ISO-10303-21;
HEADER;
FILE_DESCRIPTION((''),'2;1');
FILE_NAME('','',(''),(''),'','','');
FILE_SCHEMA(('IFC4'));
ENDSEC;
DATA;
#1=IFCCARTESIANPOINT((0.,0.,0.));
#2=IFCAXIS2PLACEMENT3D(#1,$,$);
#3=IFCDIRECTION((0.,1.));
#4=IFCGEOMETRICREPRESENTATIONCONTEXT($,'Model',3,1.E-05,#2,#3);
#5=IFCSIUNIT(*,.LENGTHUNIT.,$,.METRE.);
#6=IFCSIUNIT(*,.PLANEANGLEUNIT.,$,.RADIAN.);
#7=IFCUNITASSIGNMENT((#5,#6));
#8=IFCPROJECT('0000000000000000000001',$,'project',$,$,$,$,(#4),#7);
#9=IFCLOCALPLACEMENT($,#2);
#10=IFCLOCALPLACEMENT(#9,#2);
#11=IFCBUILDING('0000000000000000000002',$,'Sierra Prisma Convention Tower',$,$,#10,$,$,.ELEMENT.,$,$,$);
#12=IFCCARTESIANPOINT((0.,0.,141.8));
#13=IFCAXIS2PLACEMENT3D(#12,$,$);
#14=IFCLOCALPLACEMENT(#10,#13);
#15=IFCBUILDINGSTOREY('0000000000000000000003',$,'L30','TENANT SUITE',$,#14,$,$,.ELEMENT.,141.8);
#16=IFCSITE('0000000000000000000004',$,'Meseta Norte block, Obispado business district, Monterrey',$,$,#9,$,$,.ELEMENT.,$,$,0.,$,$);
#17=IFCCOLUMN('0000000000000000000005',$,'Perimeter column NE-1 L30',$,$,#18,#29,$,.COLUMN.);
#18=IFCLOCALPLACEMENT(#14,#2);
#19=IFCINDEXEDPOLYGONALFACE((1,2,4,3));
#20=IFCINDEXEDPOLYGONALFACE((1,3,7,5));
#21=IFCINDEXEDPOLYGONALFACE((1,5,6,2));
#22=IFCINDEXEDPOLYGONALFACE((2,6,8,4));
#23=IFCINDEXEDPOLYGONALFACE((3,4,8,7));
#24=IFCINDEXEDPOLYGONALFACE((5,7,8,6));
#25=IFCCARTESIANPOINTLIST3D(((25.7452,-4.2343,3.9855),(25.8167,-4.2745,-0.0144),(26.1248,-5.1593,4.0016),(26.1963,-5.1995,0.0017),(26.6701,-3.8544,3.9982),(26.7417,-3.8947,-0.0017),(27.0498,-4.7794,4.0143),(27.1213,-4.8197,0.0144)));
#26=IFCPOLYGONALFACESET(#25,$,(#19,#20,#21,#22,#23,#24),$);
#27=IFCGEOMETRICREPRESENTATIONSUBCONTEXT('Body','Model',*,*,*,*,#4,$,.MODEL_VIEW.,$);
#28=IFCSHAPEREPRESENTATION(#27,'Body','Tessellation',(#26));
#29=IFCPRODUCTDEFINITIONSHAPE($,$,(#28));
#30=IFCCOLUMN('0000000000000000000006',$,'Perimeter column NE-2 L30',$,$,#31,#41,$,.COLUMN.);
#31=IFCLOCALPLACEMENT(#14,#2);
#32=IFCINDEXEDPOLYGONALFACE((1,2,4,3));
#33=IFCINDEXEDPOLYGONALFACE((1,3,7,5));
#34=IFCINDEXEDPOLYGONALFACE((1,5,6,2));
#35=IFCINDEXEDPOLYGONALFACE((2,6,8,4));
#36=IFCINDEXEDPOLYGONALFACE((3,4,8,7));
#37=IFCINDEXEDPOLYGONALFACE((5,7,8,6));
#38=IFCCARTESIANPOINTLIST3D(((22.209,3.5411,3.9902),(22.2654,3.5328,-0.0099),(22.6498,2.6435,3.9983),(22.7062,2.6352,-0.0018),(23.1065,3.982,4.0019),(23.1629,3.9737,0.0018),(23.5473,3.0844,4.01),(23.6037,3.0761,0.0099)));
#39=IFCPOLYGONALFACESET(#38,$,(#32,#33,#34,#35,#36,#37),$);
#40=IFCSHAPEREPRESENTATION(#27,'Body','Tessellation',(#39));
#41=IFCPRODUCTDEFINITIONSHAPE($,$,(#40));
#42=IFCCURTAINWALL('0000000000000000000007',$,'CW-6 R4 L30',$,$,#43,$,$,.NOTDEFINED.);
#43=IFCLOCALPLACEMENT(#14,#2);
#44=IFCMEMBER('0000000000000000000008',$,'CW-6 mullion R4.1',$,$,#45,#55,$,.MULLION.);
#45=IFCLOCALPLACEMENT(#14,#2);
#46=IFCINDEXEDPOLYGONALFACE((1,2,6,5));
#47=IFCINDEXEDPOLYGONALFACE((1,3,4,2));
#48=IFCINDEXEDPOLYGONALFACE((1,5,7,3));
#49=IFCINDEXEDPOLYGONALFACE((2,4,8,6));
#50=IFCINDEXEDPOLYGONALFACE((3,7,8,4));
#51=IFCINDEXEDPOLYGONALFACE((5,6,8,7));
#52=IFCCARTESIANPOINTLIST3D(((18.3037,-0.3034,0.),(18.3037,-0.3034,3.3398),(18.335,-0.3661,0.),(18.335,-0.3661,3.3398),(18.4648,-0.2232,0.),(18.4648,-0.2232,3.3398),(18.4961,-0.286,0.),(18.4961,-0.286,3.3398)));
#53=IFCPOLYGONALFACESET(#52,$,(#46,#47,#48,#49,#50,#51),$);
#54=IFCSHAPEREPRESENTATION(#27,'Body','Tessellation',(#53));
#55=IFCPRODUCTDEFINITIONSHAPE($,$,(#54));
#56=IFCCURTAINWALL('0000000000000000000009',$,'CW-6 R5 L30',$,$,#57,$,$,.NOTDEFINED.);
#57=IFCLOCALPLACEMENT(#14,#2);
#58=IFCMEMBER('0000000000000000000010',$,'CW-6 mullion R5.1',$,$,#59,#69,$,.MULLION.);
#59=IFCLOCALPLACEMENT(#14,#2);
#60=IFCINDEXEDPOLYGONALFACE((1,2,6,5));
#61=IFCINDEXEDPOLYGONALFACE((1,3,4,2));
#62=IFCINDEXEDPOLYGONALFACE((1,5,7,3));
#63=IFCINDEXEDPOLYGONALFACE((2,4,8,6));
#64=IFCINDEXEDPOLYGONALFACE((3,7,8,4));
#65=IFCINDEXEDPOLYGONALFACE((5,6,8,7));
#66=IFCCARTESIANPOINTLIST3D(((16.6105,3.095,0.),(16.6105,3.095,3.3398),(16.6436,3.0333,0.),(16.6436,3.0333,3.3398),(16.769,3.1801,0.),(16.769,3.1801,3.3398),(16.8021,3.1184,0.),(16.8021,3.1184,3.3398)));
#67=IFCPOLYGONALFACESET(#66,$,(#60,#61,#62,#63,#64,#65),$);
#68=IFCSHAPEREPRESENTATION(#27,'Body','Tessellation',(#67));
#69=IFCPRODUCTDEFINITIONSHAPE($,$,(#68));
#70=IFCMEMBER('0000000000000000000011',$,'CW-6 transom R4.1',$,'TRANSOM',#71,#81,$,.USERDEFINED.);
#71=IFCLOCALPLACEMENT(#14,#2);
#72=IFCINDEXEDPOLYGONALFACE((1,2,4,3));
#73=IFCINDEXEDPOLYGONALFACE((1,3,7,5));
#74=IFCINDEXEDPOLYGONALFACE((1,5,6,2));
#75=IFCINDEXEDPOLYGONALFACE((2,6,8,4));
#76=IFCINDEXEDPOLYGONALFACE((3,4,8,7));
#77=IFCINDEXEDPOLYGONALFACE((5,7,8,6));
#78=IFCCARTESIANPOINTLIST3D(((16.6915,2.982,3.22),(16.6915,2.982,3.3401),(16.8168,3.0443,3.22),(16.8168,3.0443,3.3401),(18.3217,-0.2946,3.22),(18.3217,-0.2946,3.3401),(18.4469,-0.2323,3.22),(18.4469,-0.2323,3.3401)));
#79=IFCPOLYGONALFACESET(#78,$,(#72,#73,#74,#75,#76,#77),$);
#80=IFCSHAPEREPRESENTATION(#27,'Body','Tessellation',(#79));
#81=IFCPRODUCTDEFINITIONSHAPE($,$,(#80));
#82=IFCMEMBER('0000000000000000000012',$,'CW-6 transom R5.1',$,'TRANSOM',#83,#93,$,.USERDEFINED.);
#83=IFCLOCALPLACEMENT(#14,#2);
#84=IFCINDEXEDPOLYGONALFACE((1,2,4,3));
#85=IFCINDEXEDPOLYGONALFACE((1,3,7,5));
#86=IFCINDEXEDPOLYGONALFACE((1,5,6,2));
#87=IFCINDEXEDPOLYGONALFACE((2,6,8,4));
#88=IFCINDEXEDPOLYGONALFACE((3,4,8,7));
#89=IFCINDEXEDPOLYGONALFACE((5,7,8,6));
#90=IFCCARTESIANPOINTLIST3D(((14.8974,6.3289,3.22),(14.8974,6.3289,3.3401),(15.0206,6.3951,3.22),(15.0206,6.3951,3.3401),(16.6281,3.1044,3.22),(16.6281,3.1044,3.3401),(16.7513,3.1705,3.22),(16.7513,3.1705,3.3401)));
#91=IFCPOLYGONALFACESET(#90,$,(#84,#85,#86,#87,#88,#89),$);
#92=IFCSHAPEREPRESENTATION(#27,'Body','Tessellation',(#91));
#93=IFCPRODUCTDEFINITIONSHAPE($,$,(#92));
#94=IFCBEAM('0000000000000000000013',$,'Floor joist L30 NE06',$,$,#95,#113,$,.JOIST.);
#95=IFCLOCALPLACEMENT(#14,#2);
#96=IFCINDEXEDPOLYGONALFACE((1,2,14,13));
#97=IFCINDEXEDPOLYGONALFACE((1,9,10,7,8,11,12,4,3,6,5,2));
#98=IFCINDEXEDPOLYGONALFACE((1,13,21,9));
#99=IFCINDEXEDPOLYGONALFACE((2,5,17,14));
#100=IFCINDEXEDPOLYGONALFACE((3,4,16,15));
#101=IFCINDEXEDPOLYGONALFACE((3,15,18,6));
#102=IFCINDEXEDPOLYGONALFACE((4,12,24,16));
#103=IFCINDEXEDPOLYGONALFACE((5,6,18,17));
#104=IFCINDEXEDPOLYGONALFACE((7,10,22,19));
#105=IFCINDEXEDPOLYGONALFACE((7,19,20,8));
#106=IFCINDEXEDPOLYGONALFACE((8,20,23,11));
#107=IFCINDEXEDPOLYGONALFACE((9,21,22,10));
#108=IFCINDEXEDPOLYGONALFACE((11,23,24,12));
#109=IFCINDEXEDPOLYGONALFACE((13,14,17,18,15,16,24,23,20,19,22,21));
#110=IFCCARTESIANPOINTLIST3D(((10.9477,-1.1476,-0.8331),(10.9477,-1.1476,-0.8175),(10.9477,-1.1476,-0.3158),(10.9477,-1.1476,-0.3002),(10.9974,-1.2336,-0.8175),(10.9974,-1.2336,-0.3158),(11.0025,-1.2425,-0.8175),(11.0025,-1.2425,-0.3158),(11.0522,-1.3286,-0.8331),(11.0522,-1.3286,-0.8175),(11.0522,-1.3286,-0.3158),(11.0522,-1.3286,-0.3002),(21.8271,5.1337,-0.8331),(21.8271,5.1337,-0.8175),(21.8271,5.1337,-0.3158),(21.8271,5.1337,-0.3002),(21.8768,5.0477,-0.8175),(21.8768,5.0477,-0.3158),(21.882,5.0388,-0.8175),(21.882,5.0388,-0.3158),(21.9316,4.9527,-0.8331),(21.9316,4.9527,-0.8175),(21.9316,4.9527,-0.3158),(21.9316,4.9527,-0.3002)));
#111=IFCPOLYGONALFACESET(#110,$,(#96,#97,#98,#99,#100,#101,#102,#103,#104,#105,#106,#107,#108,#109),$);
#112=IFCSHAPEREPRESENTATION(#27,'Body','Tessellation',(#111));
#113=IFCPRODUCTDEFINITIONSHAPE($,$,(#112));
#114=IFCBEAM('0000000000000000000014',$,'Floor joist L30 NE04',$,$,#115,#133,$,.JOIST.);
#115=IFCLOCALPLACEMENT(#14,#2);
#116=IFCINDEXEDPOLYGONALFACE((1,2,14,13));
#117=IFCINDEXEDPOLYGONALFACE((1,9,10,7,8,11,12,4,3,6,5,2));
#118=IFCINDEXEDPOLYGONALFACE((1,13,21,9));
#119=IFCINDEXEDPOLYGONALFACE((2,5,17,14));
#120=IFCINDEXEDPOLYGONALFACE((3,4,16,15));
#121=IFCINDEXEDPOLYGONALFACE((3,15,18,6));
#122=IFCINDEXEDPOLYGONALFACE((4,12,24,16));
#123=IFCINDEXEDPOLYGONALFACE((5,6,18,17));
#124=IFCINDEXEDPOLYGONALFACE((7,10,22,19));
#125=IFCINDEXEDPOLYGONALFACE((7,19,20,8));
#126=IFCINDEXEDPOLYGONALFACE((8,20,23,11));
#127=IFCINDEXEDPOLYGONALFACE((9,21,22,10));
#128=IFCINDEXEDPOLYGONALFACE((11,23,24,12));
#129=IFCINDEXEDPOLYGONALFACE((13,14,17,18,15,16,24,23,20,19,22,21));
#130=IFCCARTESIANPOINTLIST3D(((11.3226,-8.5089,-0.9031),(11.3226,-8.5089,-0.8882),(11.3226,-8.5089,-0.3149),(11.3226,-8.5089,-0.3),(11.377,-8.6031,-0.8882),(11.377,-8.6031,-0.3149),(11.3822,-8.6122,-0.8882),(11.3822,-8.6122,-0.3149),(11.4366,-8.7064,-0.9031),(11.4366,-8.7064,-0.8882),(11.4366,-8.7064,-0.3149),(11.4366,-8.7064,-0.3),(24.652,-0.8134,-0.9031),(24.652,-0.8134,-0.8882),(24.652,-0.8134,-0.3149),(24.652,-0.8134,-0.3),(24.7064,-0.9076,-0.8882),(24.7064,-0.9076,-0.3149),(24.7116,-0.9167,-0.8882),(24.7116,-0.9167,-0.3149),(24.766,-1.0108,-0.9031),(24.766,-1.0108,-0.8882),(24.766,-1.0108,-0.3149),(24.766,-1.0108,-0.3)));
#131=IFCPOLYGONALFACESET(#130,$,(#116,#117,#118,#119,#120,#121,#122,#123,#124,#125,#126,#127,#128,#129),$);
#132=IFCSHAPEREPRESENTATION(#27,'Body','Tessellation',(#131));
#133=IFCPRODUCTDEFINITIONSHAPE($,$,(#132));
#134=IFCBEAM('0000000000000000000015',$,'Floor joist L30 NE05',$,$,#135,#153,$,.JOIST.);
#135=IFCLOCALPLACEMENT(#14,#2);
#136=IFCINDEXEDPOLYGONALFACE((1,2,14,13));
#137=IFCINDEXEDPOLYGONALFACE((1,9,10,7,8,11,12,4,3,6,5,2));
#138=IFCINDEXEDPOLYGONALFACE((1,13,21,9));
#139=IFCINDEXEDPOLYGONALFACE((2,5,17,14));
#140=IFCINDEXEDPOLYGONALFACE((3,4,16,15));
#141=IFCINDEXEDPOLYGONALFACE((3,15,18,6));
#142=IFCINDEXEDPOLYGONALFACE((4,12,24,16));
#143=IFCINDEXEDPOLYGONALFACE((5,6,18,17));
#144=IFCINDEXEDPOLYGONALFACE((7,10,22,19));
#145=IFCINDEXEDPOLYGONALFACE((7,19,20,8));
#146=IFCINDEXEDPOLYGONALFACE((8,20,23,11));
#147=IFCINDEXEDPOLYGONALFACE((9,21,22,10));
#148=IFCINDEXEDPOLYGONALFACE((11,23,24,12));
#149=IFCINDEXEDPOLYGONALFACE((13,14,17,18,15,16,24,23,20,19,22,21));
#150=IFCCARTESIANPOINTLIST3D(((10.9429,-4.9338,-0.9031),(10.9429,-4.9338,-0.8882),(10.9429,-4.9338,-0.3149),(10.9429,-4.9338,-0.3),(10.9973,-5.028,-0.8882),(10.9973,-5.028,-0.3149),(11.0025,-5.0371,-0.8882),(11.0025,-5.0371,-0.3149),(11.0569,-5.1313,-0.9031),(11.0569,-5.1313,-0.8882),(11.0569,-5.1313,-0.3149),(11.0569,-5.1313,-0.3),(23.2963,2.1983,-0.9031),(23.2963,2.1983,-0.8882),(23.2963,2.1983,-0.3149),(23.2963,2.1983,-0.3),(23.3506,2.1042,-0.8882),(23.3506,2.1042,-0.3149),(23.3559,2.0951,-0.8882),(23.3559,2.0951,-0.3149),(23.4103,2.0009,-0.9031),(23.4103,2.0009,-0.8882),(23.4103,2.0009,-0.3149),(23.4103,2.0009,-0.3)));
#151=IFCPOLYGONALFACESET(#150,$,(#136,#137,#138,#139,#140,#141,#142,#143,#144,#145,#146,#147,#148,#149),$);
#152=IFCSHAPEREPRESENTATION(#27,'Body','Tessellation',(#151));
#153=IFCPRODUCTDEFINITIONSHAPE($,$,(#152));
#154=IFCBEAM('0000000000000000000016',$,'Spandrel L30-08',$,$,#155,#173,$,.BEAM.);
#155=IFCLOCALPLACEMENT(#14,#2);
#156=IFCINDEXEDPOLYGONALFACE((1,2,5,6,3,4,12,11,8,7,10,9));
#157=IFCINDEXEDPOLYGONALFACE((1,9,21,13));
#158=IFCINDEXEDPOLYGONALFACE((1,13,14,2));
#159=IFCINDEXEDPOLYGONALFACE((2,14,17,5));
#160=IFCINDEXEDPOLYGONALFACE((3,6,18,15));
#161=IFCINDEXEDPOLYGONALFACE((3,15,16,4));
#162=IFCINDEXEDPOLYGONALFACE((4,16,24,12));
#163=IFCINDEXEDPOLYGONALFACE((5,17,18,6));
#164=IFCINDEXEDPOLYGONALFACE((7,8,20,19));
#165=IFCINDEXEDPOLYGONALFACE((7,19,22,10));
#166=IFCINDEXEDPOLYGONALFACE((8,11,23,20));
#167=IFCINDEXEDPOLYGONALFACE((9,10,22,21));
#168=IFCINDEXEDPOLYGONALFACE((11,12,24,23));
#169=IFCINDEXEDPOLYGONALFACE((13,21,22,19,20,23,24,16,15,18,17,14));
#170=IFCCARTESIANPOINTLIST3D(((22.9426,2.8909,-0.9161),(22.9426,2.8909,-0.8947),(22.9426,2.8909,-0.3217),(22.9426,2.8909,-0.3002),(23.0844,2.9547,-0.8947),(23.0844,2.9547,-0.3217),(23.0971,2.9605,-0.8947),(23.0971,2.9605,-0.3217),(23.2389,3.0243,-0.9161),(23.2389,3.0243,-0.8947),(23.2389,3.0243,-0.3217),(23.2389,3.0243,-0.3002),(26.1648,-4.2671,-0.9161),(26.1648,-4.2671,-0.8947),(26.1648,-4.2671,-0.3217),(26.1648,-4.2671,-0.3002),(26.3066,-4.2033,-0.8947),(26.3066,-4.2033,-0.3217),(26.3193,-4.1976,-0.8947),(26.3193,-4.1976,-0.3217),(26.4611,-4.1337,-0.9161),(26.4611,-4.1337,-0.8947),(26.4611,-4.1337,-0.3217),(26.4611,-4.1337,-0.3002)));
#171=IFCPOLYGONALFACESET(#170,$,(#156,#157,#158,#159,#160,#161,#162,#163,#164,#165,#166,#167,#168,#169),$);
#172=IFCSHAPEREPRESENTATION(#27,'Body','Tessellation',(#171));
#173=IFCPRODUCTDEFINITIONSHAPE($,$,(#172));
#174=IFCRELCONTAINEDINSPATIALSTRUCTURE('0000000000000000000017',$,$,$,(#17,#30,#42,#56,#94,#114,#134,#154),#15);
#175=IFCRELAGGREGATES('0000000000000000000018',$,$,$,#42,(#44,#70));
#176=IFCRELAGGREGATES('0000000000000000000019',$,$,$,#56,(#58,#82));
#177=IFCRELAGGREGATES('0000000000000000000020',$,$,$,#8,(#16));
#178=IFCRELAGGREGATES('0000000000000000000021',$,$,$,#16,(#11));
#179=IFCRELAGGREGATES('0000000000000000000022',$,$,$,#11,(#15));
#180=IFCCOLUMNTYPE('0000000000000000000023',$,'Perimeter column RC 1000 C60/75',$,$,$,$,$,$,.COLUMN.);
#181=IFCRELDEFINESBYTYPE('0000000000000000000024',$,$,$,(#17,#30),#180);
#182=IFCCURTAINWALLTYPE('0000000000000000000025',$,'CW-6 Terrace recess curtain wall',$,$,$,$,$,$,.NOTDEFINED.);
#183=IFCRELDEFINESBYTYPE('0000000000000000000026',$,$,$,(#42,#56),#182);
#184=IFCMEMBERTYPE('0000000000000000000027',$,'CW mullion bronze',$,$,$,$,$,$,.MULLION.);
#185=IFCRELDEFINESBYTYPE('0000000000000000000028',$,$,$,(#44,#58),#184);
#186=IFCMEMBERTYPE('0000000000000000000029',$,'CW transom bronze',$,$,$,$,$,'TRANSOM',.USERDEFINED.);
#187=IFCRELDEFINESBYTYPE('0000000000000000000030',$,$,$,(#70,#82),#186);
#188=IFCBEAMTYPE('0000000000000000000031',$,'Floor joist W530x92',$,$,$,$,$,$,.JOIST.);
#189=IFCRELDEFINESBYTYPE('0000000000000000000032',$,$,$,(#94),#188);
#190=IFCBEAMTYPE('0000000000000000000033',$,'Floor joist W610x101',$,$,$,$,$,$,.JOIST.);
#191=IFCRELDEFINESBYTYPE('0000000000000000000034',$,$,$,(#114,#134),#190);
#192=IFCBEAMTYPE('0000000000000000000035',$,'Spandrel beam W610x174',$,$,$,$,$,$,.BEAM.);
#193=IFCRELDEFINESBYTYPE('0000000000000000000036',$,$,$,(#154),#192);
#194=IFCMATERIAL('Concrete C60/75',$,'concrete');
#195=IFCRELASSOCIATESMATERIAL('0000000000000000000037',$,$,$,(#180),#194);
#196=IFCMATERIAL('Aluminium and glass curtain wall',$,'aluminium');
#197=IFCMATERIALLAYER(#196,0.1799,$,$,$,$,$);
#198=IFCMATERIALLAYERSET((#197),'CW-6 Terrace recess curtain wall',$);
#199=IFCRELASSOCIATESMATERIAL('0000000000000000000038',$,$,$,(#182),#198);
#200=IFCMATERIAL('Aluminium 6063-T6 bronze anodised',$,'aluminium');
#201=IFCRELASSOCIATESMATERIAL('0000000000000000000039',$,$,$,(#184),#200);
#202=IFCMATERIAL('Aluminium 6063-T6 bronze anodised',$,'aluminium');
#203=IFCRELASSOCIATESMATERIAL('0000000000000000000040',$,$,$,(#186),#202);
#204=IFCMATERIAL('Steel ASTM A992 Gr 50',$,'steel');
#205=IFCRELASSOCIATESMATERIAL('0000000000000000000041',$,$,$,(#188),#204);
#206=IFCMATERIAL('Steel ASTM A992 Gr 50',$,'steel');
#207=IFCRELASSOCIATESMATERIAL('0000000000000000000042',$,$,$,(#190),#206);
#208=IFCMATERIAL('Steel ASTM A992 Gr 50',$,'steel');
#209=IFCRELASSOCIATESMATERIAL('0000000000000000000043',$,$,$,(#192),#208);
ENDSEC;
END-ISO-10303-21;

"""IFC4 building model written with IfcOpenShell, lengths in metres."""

from ifc_helpers import new_model, si_unit, direction, frame, origin, origin_2d, place, context, subcontext, project, spatial, rectangle, i_section, extrude, material, layer, layer_set, material_profile, profile_set, type_object, element, aggregate, save


model = new_model("IFC4")

# Units and contexts
model_context = context("Model", 3, precision=1e-05, world=origin(), true_north=direction((0.0, 1.0)))
body_context = subcontext(model_context, "Body", "Model", "MODEL_VIEW")
ifc_project = project(units=[si_unit("LENGTHUNIT", "METRE"), si_unit("PLANEANGLEUNIT", "RADIAN")], contexts=[model_context])

# Site, building, storey
site_placement = place(None, origin())
site = spatial("IfcSite", under=ifc_project, at=site_placement, Name="Meseta Norte block, Obispado business district, Monterrey", CompositionType="ELEMENT", RefElevation=0.0)
building_placement = place(site_placement, origin())
building = spatial("IfcBuilding", under=site, at=building_placement, Name="Sierra Prisma Convention Tower", CompositionType="ELEMENT")
storey_placement = place(building_placement, frame((0.0, 0.0, 141.8)))
storey = spatial("IfcBuildingStorey", under=building, at=storey_placement, Name="L30", Description="TENANT SUITE", CompositionType="ELEMENT", Elevation=141.8)

# Columns
ifc_material_1 = material(Name="Concrete C60/75", Category="concrete")
ifc_material_profile_1 = material_profile(ifc_material_1, rectangle(XDim=1.0, YDim=1.0, at=origin_2d()), Name="Perimeter column RC 1000 C60/75")
ifc_profile_set_1 = profile_set([ifc_material_profile_1], Name="Concrete C60/75")
column_type = type_object("IfcColumnType", Name="Perimeter column RC 1000 C60/75", PredefinedType="COLUMN", material=ifc_profile_set_1)
column_1_placement = place(storey_placement, frame((26.469, -4.5471, 0.0), z_axis=(-0.01788, 0.010069, 0.999789), x_axis=(-0.379623, 0.925001, -0.016104)))
element("IfcColumn", 1, at=column_1_placement, inside=storey, type_object=column_type, Name="Perimeter column NE-1 L30", PredefinedType="COLUMN", context=body_context, shape_type="SweptSolid", body=[
    extrude(rectangle(XDim=1.0, YDim=1.0, at=origin_2d()), origin(), (0.0, 0.0, 1.0), 4.0007),
])
column_2_placement = place(storey_placement, frame((22.9346, 3.3044, 0.0), z_axis=(-0.014098, 0.002075, 0.999898), x_axis=(-0.440789, 0.897575, -0.008077)))
element("IfcColumn", 2, at=column_2_placement, inside=storey, type_object=column_type, Name="Perimeter column NE-2 L30", PredefinedType="COLUMN", context=body_context, shape_type="SweptSolid", body=[
    extrude(rectangle(XDim=1.0, YDim=1.0, at=origin_2d()), origin(), (0.0, 0.0, 1.0), 4.0005),
])

# Curtain walls, members
ifc_material_2 = material(Name="Aluminium and glass curtain wall", Category="aluminium")
ifc_layer_1 = layer(ifc_material_2, 0.1799)
ifc_layer_set_1 = layer_set([ifc_layer_1], Name="CW-6 Terrace recess curtain wall")
curtain_wall_type = type_object("IfcCurtainWallType", Name="CW-6 Terrace recess curtain wall", PredefinedType="NOTDEFINED", material=ifc_layer_set_1)
curtain_wall_1_placement = place(storey_placement, origin())
curtain_wall_1 = element("IfcCurtainWall", 3, at=curtain_wall_1_placement, inside=storey, type_object=curtain_wall_type, Name="CW-6 R4 L30", PredefinedType="NOTDEFINED")
ifc_material_3 = material(Name="Aluminium 6063-T6 bronze anodised", Category="aluminium")
ifc_material_profile_2 = material_profile(ifc_material_3, rectangle(XDim=0.1799, YDim=0.0701, at=origin_2d()), Name="ALU MULLION 70x180")
ifc_profile_set_2 = profile_set([ifc_material_profile_2], Name="Aluminium 6063-T6 bronze anodised")
member_type_1 = type_object("IfcMemberType", Name="CW mullion bronze", PredefinedType="MULLION", material=ifc_profile_set_2)
member_1_placement = place(storey_placement, frame((18.3999, -0.2947, 0.0), z_axis=(0.0, 0.0, 1.0), x_axis=(-0.895303, -0.445458, 0.0)))
member_1 = element("IfcMember", 4, at=member_1_placement, type_object=member_type_1, Name="CW-6 mullion R4.1", PredefinedType="MULLION", context=body_context, shape_type="SweptSolid", body=[
    extrude(rectangle(XDim=0.1799, YDim=0.0701, at=origin_2d()), origin(), (0.0, 0.0, 1.0), 3.3398),
])
curtain_wall_2_placement = place(storey_placement, origin())
curtain_wall_2 = element("IfcCurtainWall", 5, at=curtain_wall_2_placement, inside=storey, type_object=curtain_wall_type, Name="CW-6 R5 L30", PredefinedType="NOTDEFINED")
member_2_placement = place(storey_placement, frame((16.7063, 3.1067, 0.0), z_axis=(0.0, 0.0, 1.0), x_axis=(-0.881086, -0.472956, 0.0)))
member_2 = element("IfcMember", 6, at=member_2_placement, type_object=member_type_1, Name="CW-6 mullion R5.1", PredefinedType="MULLION", context=body_context, shape_type="SweptSolid", body=[
    extrude(rectangle(XDim=0.1799, YDim=0.0701, at=origin_2d()), origin(), (0.0, 0.0, 1.0), 3.3398),
])

# Members
ifc_material_4 = material(Name="Aluminium 6063-T6 bronze anodised", Category="aluminium")
ifc_material_profile_3 = material_profile(ifc_material_4, rectangle(XDim=0.1399, YDim=0.1201, at=origin_2d()), Name="ALU TRANSOM 120x140")
ifc_profile_set_3 = profile_set([ifc_material_profile_3], Name="Aluminium 6063-T6 bronze anodised")
member_type_2 = type_object("IfcMemberType", Name="CW transom bronze", ElementType="TRANSOM", PredefinedType="USERDEFINED", material=ifc_profile_set_3)
member_3_placement = place(storey_placement, frame((18.3843, -0.2634, 3.28), z_axis=(-0.445425, 0.895319, 0.0), x_axis=(-0.895319, -0.445425, 0.0)))
member_3 = element("IfcMember", 7, at=member_3_placement, type_object=member_type_2, Name="CW-6 transom R4.1", ObjectType="TRANSOM", PredefinedType="USERDEFINED", context=body_context, shape_type="SweptSolid", body=[
    extrude(rectangle(XDim=0.1399, YDim=0.1201, at=origin_2d()), origin(), (0.0, 0.0, 1.0), 3.6597),
])
member_4_placement = place(storey_placement, frame((16.6897, 3.1375, 3.28), z_axis=(-0.47291, 0.881111, 0.0), x_axis=(-0.881111, -0.47291, 0.0)))
member_4 = element("IfcMember", 8, at=member_4_placement, type_object=member_type_2, Name="CW-6 transom R5.1", ObjectType="TRANSOM", PredefinedType="USERDEFINED", context=body_context, shape_type="SweptSolid", body=[
    extrude(rectangle(XDim=0.1399, YDim=0.1201, at=origin_2d()), origin(), (0.0, 0.0, 1.0), 3.6597),
])

# Beams
ifc_material_5 = material(Name="Steel ASTM A992 Gr 50", Category="steel")
ifc_material_profile_4 = material_profile(ifc_material_5, i_section(OverallWidth=0.209, OverallDepth=0.533, WebThickness=0.0103, FlangeThickness=0.0156, at=origin_2d()), Name="W530x92")
ifc_profile_set_4 = profile_set([ifc_material_profile_4], Name="Steel ASTM A992 Gr 50")
beam_type_1 = type_object("IfcBeamType", Name="Floor joist W530x92", PredefinedType="JOIST", material=ifc_profile_set_4)
beam_1_placement = place(storey_placement, frame((21.8794, 5.0432, -0.5667), z_axis=(-0.866024, -0.500002, 0.0), x_axis=(0.500002, -0.866024, 0.0)))
element("IfcBeam", 9, at=beam_1_placement, inside=storey, type_object=beam_type_1, Name="Floor joist L30 NE06", PredefinedType="JOIST", context=body_context, shape_type="SweptSolid", body=[
    extrude(i_section(OverallWidth=0.209, OverallDepth=0.533, WebThickness=0.0103, FlangeThickness=0.0156, at=origin_2d()), origin(), (0.0, 0.0, 1.0), 12.5625),
])
ifc_material_6 = material(Name="Steel ASTM A992 Gr 50", Category="steel")
ifc_material_profile_5 = material_profile(ifc_material_6, i_section(OverallWidth=0.228, OverallDepth=0.603, WebThickness=0.0105, FlangeThickness=0.0149, at=origin_2d()), Name="W610x101")
ifc_profile_set_5 = profile_set([ifc_material_profile_5], Name="Steel ASTM A992 Gr 50")
beam_type_2 = type_object("IfcBeamType", Name="Floor joist W610x101", PredefinedType="JOIST", material=ifc_profile_set_5)
beam_2_placement = place(storey_placement, frame((24.709, -0.9121, -0.6016), z_axis=(-0.866029, -0.499993, 0.0), x_axis=(0.499993, -0.866029, 0.0)))
element("IfcBeam", 10, at=beam_2_placement, inside=storey, type_object=beam_type_2, Name="Floor joist L30 NE04", PredefinedType="JOIST", context=body_context, shape_type="SweptSolid", body=[
    extrude(i_section(OverallWidth=0.228, OverallDepth=0.603, WebThickness=0.0105, FlangeThickness=0.0149, at=origin_2d()), origin(), (0.0, 0.0, 1.0), 15.3914),
])
beam_3_placement = place(storey_placement, frame((23.3533, 2.0996, -0.6016), z_axis=(-0.866028, -0.499996, 0.0), x_axis=(0.499996, -0.866028, 0.0)))
element("IfcBeam", 11, at=beam_3_placement, inside=storey, type_object=beam_type_2, Name="Floor joist L30 NE05", PredefinedType="JOIST", context=body_context, shape_type="SweptSolid", body=[
    extrude(i_section(OverallWidth=0.228, OverallDepth=0.603, WebThickness=0.0105, FlangeThickness=0.0149, at=origin_2d()), origin(), (0.0, 0.0, 1.0), 14.2644),
])
ifc_material_7 = material(Name="Steel ASTM A992 Gr 50", Category="steel")
ifc_material_profile_6 = material_profile(ifc_material_7, i_section(OverallWidth=0.325, OverallDepth=0.616, WebThickness=0.0139, FlangeThickness=0.0215, at=origin_2d()), Name="W610x174")
ifc_profile_set_6 = profile_set([ifc_material_profile_6], Name="Steel ASTM A992 Gr 50")
beam_type_3 = type_object("IfcBeamType", Name="Spandrel beam W610x174", PredefinedType="BEAM", material=ifc_profile_set_6)
for number, where, z_axis, x_axis, name in (
    (12, (26.313, -4.2004, -0.6082), (-0.41048, 0.91187, 0.0), (-0.91187, -0.41048, 0.0), "Spandrel L30-08"),
):
    element("IfcBeam", number, at=place(storey_placement, frame(where, z_axis=z_axis, x_axis=x_axis)), inside=storey, type_object=beam_type_3, Name=name, PredefinedType="BEAM", context=body_context, shape_type="SweptSolid", body=[
        extrude(i_section(OverallWidth=0.325, OverallDepth=0.616, WebThickness=0.0139, FlangeThickness=0.0215, at=origin_2d()), origin(), (0.0, 0.0, 1.0), 7.8499),
    ])

aggregate(curtain_wall_1, [member_1, member_3])
aggregate(curtain_wall_2, [member_2, member_4])

save(model, "model.ifc")
